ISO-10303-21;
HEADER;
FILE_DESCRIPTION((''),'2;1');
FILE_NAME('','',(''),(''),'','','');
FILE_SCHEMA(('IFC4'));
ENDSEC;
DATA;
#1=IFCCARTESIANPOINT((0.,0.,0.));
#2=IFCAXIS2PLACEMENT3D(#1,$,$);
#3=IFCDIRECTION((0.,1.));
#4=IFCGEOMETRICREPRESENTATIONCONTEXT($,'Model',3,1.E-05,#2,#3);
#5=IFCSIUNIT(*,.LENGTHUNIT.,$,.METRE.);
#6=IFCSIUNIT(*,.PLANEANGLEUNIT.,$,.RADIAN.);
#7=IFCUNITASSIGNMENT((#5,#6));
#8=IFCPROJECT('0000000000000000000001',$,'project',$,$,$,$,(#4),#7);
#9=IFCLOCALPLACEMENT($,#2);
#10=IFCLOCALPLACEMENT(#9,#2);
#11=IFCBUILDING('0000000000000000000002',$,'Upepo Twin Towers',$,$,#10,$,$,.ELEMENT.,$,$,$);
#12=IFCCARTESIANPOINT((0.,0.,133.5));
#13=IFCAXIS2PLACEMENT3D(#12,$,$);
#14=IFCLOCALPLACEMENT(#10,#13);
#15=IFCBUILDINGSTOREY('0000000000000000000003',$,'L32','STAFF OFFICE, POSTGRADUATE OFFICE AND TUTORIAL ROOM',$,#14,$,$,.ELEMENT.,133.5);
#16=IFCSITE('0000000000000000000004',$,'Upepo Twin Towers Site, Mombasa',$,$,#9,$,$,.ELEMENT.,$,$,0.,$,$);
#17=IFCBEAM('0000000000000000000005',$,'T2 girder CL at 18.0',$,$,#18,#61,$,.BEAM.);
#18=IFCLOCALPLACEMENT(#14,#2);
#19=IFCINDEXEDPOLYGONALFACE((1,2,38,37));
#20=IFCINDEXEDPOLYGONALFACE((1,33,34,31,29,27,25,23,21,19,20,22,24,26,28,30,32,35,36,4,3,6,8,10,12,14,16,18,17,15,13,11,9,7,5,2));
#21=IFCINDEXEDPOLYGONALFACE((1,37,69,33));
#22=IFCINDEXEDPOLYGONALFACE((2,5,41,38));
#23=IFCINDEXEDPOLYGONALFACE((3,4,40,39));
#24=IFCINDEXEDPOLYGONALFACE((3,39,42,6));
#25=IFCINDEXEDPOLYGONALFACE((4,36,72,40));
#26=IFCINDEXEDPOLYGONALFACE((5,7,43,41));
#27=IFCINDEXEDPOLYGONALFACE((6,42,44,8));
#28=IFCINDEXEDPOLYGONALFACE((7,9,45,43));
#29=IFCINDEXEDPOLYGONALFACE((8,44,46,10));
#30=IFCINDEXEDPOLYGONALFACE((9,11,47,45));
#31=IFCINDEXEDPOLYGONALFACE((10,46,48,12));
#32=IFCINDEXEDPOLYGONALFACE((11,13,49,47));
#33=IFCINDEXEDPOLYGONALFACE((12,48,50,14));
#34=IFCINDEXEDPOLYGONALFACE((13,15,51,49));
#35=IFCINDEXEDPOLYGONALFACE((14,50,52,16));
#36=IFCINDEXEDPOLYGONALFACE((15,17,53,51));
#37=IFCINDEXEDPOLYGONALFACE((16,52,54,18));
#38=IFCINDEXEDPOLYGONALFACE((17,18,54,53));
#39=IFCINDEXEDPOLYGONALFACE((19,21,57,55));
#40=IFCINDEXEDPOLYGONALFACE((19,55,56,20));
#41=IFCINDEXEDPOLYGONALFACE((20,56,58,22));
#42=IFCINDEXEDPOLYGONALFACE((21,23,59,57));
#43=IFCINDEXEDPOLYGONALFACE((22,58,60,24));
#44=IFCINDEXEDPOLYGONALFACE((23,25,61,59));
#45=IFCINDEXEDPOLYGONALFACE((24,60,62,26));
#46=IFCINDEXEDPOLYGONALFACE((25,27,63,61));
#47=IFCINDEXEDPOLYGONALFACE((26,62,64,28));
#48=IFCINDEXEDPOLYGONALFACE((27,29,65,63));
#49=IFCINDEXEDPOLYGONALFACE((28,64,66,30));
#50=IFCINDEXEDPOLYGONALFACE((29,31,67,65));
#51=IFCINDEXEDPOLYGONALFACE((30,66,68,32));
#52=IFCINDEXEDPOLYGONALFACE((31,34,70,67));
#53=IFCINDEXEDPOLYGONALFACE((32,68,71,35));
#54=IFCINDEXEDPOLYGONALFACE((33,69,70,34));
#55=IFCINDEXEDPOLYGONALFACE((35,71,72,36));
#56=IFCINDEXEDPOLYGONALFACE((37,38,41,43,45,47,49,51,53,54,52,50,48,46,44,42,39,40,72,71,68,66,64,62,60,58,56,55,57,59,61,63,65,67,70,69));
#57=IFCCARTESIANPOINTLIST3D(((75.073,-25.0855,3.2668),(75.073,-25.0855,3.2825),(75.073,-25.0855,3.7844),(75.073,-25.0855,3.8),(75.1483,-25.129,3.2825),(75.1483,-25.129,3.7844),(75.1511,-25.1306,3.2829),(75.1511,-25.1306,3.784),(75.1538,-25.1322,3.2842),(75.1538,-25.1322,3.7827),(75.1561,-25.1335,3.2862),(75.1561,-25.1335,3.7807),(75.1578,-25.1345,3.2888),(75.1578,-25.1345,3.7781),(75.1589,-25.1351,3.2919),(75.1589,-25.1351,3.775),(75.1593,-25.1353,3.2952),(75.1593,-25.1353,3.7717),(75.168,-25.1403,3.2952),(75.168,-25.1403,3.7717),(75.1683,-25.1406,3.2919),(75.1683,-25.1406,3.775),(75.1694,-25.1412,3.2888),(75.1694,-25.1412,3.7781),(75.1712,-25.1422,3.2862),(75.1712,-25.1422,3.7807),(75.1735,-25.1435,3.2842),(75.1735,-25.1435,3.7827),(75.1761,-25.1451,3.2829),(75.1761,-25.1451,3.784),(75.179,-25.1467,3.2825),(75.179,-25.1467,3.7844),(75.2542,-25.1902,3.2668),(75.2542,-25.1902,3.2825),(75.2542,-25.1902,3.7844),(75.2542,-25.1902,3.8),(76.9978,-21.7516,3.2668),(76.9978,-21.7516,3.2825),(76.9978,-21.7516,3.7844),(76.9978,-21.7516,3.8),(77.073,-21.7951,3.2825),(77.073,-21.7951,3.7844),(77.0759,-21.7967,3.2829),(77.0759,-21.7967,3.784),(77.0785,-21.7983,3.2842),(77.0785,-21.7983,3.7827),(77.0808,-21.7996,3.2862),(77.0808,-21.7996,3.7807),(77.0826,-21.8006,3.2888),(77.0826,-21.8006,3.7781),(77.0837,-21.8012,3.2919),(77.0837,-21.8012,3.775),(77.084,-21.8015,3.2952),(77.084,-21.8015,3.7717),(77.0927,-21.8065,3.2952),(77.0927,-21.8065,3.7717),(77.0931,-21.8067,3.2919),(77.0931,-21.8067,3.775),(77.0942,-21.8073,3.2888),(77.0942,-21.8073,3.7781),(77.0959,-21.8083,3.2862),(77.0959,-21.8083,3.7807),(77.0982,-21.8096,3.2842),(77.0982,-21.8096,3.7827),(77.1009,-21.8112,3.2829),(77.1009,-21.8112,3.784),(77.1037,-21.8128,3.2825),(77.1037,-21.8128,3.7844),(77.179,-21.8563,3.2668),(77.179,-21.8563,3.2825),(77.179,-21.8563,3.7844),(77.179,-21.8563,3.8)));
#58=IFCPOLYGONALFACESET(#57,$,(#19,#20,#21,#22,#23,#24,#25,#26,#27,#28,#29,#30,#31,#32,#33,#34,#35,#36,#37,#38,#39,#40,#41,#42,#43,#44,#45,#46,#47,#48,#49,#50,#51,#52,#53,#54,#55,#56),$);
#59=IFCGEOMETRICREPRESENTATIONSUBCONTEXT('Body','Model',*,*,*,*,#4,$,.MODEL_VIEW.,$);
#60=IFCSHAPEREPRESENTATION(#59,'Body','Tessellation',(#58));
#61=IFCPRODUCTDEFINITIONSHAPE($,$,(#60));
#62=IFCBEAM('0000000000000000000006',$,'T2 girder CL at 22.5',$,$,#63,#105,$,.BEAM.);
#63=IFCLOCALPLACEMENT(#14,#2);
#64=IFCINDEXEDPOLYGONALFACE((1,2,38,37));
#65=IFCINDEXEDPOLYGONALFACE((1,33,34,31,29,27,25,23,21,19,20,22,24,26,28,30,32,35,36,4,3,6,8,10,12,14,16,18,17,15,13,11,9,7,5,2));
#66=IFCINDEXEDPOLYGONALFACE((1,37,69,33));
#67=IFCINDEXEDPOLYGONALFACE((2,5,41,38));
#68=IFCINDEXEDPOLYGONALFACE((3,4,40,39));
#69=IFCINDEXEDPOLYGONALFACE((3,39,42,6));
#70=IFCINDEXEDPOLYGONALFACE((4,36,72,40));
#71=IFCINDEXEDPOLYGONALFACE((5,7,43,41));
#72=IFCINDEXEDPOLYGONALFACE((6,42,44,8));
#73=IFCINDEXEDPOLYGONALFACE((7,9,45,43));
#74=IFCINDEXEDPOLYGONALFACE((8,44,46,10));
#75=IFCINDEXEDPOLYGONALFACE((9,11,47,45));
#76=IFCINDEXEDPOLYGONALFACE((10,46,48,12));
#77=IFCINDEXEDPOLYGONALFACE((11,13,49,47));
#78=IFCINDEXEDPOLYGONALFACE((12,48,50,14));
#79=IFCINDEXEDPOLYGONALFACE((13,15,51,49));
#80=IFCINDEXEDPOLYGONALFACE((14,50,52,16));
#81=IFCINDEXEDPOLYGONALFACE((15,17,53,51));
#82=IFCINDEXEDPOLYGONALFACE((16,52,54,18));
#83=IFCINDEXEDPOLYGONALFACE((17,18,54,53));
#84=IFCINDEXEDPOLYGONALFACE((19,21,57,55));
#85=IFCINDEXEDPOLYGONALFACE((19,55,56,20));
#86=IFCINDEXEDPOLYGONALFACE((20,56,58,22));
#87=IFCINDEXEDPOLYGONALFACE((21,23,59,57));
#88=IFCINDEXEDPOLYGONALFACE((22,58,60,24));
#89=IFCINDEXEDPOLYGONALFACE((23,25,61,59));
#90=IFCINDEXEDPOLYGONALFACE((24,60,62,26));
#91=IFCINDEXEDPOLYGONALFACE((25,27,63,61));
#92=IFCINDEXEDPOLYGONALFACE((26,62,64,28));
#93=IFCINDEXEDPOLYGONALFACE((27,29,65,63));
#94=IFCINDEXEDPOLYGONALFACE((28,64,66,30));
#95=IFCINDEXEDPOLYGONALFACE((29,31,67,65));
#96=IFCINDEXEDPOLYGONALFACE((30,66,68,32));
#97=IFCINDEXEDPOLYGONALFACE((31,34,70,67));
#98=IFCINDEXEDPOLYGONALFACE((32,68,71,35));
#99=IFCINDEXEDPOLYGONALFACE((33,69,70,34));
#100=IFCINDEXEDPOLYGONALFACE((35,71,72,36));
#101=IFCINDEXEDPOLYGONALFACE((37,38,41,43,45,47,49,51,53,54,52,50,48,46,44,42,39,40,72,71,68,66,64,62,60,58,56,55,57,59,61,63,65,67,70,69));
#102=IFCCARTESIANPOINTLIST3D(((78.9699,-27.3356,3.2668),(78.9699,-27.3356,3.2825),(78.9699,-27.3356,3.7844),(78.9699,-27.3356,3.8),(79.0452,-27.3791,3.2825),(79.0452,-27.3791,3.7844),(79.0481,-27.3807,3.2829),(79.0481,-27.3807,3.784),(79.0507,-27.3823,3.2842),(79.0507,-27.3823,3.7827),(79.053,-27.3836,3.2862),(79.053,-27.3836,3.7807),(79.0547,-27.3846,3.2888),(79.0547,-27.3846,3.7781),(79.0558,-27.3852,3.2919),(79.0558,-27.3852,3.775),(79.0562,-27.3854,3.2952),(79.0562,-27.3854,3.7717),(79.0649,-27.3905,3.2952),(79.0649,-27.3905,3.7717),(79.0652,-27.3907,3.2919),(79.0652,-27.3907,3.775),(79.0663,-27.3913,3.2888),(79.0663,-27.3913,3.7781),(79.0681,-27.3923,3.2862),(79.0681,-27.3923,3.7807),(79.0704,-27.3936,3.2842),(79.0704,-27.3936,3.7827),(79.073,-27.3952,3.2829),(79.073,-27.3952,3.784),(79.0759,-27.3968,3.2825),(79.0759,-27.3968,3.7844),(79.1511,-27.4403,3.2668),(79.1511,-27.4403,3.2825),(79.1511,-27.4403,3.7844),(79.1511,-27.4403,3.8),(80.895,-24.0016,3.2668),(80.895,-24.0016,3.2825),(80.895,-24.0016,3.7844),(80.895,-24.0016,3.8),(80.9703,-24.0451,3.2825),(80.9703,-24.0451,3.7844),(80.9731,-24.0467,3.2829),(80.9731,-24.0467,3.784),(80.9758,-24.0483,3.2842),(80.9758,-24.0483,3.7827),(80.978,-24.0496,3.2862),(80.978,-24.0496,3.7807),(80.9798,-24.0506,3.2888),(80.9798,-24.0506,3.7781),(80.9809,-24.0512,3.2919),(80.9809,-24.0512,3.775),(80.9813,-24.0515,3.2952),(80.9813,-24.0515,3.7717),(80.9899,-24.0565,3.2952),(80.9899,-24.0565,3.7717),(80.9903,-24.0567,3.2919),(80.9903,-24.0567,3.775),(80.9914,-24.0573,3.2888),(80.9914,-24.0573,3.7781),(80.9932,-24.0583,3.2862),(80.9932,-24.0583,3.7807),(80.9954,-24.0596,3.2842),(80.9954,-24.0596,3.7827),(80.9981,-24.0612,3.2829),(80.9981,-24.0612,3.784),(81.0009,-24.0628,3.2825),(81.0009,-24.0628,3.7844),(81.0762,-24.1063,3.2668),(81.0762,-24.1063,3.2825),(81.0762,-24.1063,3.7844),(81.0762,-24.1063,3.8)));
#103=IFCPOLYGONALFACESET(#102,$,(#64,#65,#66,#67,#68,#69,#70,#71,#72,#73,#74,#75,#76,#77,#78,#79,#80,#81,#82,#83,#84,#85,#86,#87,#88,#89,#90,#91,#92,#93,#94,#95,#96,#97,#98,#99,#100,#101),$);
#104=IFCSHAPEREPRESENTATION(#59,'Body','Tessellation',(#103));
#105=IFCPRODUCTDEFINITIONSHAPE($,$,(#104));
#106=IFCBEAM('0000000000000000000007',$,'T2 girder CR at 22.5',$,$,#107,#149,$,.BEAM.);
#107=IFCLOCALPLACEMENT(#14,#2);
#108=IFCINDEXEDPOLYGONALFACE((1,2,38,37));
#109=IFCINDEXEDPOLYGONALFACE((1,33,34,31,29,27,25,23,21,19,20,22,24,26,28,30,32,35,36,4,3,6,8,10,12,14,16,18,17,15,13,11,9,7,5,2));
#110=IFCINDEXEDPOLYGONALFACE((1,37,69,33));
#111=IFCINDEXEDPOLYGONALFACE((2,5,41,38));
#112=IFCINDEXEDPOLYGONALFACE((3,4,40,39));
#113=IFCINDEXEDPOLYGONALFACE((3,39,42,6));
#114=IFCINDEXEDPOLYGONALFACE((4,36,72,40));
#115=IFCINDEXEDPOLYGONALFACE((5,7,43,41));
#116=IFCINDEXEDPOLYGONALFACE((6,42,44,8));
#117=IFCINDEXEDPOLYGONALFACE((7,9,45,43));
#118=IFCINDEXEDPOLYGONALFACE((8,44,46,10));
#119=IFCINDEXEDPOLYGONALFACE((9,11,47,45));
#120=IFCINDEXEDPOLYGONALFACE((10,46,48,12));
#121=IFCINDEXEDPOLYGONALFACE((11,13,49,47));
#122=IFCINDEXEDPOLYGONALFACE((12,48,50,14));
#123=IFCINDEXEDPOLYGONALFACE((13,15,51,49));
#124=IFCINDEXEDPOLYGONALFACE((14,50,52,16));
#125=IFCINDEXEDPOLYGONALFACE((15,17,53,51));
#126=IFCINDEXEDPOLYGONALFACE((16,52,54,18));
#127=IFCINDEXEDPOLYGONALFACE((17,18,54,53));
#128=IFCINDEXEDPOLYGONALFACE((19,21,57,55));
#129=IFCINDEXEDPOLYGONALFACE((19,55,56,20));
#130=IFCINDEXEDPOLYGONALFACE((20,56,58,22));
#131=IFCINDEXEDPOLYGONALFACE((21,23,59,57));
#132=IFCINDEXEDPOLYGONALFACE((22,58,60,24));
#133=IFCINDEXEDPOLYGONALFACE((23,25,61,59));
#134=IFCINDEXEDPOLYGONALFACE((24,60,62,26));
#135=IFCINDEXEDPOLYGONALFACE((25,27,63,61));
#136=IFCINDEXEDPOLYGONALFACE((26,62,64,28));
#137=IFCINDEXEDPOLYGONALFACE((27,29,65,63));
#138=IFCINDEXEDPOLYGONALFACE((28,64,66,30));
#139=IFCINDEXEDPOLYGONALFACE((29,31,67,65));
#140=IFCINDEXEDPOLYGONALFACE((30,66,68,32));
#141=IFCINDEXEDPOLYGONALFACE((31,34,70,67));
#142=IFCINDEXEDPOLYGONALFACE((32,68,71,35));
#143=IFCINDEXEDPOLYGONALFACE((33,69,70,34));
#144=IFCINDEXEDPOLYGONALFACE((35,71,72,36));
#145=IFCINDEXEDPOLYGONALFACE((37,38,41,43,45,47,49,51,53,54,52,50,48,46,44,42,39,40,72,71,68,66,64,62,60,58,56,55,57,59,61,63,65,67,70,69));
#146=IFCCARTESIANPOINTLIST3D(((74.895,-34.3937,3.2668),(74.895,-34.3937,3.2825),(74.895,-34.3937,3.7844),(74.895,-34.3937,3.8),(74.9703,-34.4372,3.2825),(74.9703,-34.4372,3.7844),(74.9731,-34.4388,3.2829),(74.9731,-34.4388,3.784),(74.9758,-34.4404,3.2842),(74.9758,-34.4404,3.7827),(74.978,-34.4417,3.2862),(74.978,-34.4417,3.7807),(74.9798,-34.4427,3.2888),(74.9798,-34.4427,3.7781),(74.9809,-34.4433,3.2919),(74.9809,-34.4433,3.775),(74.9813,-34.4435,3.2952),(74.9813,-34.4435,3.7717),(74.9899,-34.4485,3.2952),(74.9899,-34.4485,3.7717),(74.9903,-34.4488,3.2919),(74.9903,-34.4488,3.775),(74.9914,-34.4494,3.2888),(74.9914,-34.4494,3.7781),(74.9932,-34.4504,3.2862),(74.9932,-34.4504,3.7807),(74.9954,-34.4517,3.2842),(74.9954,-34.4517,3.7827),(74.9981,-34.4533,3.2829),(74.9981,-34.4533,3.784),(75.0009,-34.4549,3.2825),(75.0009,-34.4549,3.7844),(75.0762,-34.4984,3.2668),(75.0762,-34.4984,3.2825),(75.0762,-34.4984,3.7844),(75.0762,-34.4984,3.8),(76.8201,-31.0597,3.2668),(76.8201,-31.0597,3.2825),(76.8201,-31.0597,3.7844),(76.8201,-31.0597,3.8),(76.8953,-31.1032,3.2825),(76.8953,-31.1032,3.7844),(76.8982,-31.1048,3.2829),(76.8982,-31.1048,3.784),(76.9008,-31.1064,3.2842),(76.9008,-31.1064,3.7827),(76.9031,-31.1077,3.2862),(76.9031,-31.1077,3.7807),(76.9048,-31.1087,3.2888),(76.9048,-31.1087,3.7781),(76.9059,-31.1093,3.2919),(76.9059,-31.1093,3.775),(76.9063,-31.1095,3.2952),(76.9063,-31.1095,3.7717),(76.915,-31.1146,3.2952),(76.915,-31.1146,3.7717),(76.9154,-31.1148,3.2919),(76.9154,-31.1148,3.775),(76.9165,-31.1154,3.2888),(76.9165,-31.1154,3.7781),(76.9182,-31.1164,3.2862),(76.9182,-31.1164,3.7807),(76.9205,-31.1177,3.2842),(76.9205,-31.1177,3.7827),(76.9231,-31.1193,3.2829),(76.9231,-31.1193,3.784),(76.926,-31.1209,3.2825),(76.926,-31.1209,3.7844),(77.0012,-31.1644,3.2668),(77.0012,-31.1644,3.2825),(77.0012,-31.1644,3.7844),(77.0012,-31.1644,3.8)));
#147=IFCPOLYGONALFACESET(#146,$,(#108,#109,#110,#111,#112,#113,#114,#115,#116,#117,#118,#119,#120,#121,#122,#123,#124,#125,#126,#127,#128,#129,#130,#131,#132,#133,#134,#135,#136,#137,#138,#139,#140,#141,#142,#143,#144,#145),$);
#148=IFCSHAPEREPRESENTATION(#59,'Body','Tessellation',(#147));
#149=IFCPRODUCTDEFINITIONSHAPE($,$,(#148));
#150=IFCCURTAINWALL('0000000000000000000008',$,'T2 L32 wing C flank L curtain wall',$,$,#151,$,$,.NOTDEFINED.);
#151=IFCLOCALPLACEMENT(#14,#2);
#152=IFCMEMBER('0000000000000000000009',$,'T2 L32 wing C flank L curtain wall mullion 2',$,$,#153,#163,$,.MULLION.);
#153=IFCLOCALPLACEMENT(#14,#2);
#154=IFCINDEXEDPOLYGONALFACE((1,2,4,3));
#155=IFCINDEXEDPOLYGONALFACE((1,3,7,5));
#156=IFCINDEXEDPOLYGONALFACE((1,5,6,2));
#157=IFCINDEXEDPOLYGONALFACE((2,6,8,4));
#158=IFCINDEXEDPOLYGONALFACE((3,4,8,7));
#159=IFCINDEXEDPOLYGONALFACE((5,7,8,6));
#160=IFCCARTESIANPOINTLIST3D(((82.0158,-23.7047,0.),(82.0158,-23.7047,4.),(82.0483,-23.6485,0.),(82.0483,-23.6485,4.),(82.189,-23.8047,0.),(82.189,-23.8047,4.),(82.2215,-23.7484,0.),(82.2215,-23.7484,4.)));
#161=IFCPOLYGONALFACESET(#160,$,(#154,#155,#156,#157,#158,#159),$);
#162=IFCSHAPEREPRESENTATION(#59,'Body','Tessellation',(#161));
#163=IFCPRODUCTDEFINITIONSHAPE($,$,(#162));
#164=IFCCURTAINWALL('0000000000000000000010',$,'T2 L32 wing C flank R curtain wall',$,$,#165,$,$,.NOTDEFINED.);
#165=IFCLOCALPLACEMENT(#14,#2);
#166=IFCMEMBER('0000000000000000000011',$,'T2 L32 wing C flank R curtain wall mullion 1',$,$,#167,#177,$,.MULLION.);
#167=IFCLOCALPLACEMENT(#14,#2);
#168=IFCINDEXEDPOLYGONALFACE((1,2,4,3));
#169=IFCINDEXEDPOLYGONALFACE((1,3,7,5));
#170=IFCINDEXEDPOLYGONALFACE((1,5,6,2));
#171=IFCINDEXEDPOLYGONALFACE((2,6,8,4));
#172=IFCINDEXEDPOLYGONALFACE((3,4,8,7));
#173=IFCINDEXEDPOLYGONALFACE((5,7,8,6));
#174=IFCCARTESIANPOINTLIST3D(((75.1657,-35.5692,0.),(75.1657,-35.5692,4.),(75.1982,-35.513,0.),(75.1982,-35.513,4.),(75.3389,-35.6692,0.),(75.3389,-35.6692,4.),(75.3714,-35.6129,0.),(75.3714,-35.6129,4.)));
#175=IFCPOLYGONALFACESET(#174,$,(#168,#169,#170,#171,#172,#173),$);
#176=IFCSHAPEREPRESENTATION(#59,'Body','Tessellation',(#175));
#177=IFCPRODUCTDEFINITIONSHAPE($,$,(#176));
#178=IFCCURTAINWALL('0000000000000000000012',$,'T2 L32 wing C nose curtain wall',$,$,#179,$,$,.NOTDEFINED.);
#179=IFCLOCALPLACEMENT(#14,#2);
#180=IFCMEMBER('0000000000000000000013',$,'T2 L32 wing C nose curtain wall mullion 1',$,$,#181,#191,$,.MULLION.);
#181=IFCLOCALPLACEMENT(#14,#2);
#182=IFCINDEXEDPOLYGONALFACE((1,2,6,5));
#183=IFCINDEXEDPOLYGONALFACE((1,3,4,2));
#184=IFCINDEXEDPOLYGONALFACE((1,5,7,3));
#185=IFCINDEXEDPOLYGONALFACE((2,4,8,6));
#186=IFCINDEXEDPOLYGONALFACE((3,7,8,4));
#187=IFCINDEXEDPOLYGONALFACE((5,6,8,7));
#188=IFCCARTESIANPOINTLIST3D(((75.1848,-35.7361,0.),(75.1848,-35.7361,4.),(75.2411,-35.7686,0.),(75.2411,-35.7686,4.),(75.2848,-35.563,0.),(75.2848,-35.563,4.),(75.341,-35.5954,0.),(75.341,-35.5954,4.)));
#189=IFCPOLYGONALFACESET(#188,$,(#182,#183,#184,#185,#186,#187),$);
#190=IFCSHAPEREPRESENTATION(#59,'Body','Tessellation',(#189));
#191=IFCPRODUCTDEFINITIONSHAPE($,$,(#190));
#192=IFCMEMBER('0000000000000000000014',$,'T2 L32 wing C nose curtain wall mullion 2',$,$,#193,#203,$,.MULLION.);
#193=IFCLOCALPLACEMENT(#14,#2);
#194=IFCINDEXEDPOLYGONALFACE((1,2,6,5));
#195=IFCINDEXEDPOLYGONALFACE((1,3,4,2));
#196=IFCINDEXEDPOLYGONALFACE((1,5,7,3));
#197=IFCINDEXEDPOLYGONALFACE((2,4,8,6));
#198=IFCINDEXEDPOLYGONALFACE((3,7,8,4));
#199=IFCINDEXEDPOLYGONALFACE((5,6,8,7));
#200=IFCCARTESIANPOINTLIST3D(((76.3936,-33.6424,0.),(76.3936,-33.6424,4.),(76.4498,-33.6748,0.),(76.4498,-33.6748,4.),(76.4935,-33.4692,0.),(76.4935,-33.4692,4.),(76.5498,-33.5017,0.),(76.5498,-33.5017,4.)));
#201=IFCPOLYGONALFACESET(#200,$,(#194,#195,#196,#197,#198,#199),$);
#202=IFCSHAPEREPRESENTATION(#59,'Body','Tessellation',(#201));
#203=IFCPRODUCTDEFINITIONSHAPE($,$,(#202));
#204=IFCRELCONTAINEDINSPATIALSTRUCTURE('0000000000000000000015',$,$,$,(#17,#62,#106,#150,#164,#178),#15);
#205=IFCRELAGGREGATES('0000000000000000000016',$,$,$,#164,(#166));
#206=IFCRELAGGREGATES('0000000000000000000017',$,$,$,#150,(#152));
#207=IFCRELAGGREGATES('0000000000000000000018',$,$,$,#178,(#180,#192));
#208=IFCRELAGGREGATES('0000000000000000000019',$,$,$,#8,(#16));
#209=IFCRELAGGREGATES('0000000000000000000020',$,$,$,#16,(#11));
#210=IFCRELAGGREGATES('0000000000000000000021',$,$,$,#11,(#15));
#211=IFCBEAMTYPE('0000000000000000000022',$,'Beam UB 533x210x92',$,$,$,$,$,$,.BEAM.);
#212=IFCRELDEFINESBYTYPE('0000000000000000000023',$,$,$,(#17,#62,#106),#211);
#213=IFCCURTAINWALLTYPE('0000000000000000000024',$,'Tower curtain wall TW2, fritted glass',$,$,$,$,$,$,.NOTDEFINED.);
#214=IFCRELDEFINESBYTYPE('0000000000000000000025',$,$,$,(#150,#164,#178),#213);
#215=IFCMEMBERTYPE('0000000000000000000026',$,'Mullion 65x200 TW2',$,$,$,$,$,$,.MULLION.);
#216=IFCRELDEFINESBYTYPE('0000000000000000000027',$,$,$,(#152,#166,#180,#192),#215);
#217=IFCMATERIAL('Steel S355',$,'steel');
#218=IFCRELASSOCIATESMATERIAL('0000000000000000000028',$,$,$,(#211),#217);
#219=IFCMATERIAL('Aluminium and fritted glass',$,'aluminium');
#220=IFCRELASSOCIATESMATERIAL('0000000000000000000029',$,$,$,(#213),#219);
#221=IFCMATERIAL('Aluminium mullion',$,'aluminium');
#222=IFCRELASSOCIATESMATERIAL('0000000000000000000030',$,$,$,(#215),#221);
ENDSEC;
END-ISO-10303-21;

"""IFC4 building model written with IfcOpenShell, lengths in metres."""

from ifc_helpers import new_model, si_unit, direction, frame, origin, origin_2d, place, context, subcontext, project, spatial, rectangle, i_section, extrude, material, material_profile, profile_set, type_object, element, aggregate, save


model = new_model("IFC4")

# Units and contexts
model_context = context("Model", 3, precision=1e-05, world=origin(), true_north=direction((0.0, 1.0)))
body_context = subcontext(model_context, "Body", "Model", "MODEL_VIEW")
ifc_project = project(units=[si_unit("LENGTHUNIT", "METRE"), si_unit("PLANEANGLEUNIT", "RADIAN")], contexts=[model_context])

# Site, building, storey
site_placement = place(None, origin())
site = spatial("IfcSite", under=ifc_project, at=site_placement, Name="Upepo Twin Towers Site, Mombasa", CompositionType="ELEMENT", RefElevation=0.0)
building_placement = place(site_placement, origin())
building = spatial("IfcBuilding", under=site, at=building_placement, Name="Upepo Twin Towers", CompositionType="ELEMENT")
storey_placement = place(building_placement, frame((0.0, 0.0, 133.5)))
storey = spatial("IfcBuildingStorey", under=building, at=storey_placement, Name="L32", Description="STAFF OFFICE, POSTGRADUATE OFFICE AND TUTORIAL ROOM", CompositionType="ELEMENT", Elevation=133.5)

# Beams
ifc_material_1 = material(Name="Steel S355", Category="steel")
ifc_material_profile_1 = material_profile(ifc_material_1, i_section(OverallWidth=0.2092, OverallDepth=0.5332, WebThickness=0.01, FlangeThickness=0.0156, FilletRadius=0.0127, at=origin_2d()), Name="UB 533x210x92")
ifc_profile_set_1 = profile_set([ifc_material_profile_1], Name="Steel S355")
beam_type_1 = type_object("IfcBeamType", Name="Beam UB 533x210x92", PredefinedType="BEAM", material=ifc_profile_set_1)
beam_1_placement = place(storey_placement, frame((77.0884, -21.804, 3.5334), z_axis=(-0.499986, -0.866034, 0.0), x_axis=(0.866034, -0.499986, 0.0)))
element("IfcBeam", 1, at=beam_1_placement, inside=storey, type_object=beam_type_1, Name="T2 girder CL at 18.0", PredefinedType="BEAM", context=body_context, shape_type="SweptSolid", body=[
    extrude(i_section(OverallWidth=0.2092, OverallDepth=0.5332, WebThickness=0.01, FlangeThickness=0.0156, FilletRadius=0.0127, at=origin_2d()), origin(), (0.0, 0.0, 1.0), 3.8496),
])
for number, where, z_axis, x_axis, name in (
    (2, (80.9856, -24.054, 3.5334), (-0.500034, -0.866006, 0.0), (0.866006, -0.500034, 0.0), "T2 girder CL at 22.5"),
    (3, (74.9856, -34.446, 3.5334), (0.500034, 0.866006, 0.0), (-0.866006, 0.500034, 0.0), "T2 girder CR at 22.5"),
):
    element("IfcBeam", number, at=place(storey_placement, frame(where, z_axis=z_axis, x_axis=x_axis)), inside=storey, type_object=beam_type_1, Name=name, PredefinedType="BEAM", context=body_context, shape_type="SweptSolid", body=[
        extrude(i_section(OverallWidth=0.2092, OverallDepth=0.5332, WebThickness=0.01, FlangeThickness=0.0156, FilletRadius=0.0127, at=origin_2d()), origin(), (0.0, 0.0, 1.0), 3.8499),
    ])

# Curtain walls, members
ifc_material_2 = material(Name="Aluminium and fritted glass", Category="aluminium")
curtain_wall_type = type_object("IfcCurtainWallType", Name="Tower curtain wall TW2, fritted glass", PredefinedType="NOTDEFINED", material=ifc_material_2)
curtain_wall_1_placement = place(storey_placement, origin())
curtain_wall_1 = element("IfcCurtainWall", 4, at=curtain_wall_1_placement, inside=storey, type_object=curtain_wall_type, Name="T2 L32 wing C flank L curtain wall", PredefinedType="NOTDEFINED")
ifc_material_3 = material(Name="Aluminium mullion", Category="aluminium")
ifc_material_profile_2 = material_profile(ifc_material_3, rectangle(XDim=0.0649, YDim=0.2, at=origin_2d()), Name="MULLION 65x200")
ifc_profile_set_2 = profile_set([ifc_material_profile_2], Name="Aluminium mullion")
member_type_1 = type_object("IfcMemberType", Name="Mullion 65x200 TW2", PredefinedType="MULLION", material=ifc_profile_set_2)
member_1_placement = place(storey_placement, frame((82.1187, -23.7266, 0.0), z_axis=(0.0, 0.0, 1.0), x_axis=(0.5, 0.866025, 0.0)))
member_1 = element("IfcMember", 5, at=member_1_placement, type_object=member_type_1, Name="T2 L32 wing C flank L curtain wall mullion 2", PredefinedType="MULLION", context=body_context, shape_type="SweptSolid", body=[
    extrude(rectangle(XDim=0.0649, YDim=0.2, at=origin_2d()), origin(), (0.0, 0.0, 1.0), 4.0),
])
curtain_wall_2_placement = place(storey_placement, origin())
curtain_wall_2 = element("IfcCurtainWall", 6, at=curtain_wall_2_placement, inside=storey, type_object=curtain_wall_type, Name="T2 L32 wing C flank R curtain wall", PredefinedType="NOTDEFINED")
member_2_placement = place(storey_placement, frame((75.2686, -35.5911, 0.0), z_axis=(0.0, 0.0, 1.0), x_axis=(-0.5, -0.866025, 0.0)))
member_2 = element("IfcMember", 7, at=member_2_placement, type_object=member_type_1, Name="T2 L32 wing C flank R curtain wall mullion 1", PredefinedType="MULLION", context=body_context, shape_type="SweptSolid", body=[
    extrude(rectangle(XDim=0.0649, YDim=0.2, at=origin_2d()), origin(), (0.0, 0.0, 1.0), 4.0),
])

# Curtain wall, members
curtain_wall_3_placement = place(storey_placement, origin())
curtain_wall_3 = element("IfcCurtainWall", 8, at=curtain_wall_3_placement, inside=storey, type_object=curtain_wall_type, Name="T2 L32 wing C nose curtain wall", PredefinedType="NOTDEFINED")
member_3_placement = place(storey_placement, frame((75.2629, -35.6658, 0.0), z_axis=(0.0, 0.0, 1.0), x_axis=(-0.866025, 0.5, 0.0)))
member_3 = element("IfcMember", 9, at=member_3_placement, type_object=member_type_1, Name="T2 L32 wing C nose curtain wall mullion 1", PredefinedType="MULLION", context=body_context, shape_type="SweptSolid", body=[
    extrude(rectangle(XDim=0.0649, YDim=0.2, at=origin_2d()), origin(), (0.0, 0.0, 1.0), 4.0),
])
member_4_placement = place(storey_placement, frame((76.4717, -33.572, 0.0), z_axis=(0.0, 0.0, 1.0), x_axis=(-0.866025, 0.5, 0.0)))
member_4 = element("IfcMember", 10, at=member_4_placement, type_object=member_type_1, Name="T2 L32 wing C nose curtain wall mullion 2", PredefinedType="MULLION", context=body_context, shape_type="SweptSolid", body=[
    extrude(rectangle(XDim=0.0649, YDim=0.2, at=origin_2d()), origin(), (0.0, 0.0, 1.0), 4.0),
])

aggregate(curtain_wall_2, [member_2])

aggregate(curtain_wall_1, [member_1])
aggregate(curtain_wall_3, [member_3, member_4])

save(model, "model.ifc")
